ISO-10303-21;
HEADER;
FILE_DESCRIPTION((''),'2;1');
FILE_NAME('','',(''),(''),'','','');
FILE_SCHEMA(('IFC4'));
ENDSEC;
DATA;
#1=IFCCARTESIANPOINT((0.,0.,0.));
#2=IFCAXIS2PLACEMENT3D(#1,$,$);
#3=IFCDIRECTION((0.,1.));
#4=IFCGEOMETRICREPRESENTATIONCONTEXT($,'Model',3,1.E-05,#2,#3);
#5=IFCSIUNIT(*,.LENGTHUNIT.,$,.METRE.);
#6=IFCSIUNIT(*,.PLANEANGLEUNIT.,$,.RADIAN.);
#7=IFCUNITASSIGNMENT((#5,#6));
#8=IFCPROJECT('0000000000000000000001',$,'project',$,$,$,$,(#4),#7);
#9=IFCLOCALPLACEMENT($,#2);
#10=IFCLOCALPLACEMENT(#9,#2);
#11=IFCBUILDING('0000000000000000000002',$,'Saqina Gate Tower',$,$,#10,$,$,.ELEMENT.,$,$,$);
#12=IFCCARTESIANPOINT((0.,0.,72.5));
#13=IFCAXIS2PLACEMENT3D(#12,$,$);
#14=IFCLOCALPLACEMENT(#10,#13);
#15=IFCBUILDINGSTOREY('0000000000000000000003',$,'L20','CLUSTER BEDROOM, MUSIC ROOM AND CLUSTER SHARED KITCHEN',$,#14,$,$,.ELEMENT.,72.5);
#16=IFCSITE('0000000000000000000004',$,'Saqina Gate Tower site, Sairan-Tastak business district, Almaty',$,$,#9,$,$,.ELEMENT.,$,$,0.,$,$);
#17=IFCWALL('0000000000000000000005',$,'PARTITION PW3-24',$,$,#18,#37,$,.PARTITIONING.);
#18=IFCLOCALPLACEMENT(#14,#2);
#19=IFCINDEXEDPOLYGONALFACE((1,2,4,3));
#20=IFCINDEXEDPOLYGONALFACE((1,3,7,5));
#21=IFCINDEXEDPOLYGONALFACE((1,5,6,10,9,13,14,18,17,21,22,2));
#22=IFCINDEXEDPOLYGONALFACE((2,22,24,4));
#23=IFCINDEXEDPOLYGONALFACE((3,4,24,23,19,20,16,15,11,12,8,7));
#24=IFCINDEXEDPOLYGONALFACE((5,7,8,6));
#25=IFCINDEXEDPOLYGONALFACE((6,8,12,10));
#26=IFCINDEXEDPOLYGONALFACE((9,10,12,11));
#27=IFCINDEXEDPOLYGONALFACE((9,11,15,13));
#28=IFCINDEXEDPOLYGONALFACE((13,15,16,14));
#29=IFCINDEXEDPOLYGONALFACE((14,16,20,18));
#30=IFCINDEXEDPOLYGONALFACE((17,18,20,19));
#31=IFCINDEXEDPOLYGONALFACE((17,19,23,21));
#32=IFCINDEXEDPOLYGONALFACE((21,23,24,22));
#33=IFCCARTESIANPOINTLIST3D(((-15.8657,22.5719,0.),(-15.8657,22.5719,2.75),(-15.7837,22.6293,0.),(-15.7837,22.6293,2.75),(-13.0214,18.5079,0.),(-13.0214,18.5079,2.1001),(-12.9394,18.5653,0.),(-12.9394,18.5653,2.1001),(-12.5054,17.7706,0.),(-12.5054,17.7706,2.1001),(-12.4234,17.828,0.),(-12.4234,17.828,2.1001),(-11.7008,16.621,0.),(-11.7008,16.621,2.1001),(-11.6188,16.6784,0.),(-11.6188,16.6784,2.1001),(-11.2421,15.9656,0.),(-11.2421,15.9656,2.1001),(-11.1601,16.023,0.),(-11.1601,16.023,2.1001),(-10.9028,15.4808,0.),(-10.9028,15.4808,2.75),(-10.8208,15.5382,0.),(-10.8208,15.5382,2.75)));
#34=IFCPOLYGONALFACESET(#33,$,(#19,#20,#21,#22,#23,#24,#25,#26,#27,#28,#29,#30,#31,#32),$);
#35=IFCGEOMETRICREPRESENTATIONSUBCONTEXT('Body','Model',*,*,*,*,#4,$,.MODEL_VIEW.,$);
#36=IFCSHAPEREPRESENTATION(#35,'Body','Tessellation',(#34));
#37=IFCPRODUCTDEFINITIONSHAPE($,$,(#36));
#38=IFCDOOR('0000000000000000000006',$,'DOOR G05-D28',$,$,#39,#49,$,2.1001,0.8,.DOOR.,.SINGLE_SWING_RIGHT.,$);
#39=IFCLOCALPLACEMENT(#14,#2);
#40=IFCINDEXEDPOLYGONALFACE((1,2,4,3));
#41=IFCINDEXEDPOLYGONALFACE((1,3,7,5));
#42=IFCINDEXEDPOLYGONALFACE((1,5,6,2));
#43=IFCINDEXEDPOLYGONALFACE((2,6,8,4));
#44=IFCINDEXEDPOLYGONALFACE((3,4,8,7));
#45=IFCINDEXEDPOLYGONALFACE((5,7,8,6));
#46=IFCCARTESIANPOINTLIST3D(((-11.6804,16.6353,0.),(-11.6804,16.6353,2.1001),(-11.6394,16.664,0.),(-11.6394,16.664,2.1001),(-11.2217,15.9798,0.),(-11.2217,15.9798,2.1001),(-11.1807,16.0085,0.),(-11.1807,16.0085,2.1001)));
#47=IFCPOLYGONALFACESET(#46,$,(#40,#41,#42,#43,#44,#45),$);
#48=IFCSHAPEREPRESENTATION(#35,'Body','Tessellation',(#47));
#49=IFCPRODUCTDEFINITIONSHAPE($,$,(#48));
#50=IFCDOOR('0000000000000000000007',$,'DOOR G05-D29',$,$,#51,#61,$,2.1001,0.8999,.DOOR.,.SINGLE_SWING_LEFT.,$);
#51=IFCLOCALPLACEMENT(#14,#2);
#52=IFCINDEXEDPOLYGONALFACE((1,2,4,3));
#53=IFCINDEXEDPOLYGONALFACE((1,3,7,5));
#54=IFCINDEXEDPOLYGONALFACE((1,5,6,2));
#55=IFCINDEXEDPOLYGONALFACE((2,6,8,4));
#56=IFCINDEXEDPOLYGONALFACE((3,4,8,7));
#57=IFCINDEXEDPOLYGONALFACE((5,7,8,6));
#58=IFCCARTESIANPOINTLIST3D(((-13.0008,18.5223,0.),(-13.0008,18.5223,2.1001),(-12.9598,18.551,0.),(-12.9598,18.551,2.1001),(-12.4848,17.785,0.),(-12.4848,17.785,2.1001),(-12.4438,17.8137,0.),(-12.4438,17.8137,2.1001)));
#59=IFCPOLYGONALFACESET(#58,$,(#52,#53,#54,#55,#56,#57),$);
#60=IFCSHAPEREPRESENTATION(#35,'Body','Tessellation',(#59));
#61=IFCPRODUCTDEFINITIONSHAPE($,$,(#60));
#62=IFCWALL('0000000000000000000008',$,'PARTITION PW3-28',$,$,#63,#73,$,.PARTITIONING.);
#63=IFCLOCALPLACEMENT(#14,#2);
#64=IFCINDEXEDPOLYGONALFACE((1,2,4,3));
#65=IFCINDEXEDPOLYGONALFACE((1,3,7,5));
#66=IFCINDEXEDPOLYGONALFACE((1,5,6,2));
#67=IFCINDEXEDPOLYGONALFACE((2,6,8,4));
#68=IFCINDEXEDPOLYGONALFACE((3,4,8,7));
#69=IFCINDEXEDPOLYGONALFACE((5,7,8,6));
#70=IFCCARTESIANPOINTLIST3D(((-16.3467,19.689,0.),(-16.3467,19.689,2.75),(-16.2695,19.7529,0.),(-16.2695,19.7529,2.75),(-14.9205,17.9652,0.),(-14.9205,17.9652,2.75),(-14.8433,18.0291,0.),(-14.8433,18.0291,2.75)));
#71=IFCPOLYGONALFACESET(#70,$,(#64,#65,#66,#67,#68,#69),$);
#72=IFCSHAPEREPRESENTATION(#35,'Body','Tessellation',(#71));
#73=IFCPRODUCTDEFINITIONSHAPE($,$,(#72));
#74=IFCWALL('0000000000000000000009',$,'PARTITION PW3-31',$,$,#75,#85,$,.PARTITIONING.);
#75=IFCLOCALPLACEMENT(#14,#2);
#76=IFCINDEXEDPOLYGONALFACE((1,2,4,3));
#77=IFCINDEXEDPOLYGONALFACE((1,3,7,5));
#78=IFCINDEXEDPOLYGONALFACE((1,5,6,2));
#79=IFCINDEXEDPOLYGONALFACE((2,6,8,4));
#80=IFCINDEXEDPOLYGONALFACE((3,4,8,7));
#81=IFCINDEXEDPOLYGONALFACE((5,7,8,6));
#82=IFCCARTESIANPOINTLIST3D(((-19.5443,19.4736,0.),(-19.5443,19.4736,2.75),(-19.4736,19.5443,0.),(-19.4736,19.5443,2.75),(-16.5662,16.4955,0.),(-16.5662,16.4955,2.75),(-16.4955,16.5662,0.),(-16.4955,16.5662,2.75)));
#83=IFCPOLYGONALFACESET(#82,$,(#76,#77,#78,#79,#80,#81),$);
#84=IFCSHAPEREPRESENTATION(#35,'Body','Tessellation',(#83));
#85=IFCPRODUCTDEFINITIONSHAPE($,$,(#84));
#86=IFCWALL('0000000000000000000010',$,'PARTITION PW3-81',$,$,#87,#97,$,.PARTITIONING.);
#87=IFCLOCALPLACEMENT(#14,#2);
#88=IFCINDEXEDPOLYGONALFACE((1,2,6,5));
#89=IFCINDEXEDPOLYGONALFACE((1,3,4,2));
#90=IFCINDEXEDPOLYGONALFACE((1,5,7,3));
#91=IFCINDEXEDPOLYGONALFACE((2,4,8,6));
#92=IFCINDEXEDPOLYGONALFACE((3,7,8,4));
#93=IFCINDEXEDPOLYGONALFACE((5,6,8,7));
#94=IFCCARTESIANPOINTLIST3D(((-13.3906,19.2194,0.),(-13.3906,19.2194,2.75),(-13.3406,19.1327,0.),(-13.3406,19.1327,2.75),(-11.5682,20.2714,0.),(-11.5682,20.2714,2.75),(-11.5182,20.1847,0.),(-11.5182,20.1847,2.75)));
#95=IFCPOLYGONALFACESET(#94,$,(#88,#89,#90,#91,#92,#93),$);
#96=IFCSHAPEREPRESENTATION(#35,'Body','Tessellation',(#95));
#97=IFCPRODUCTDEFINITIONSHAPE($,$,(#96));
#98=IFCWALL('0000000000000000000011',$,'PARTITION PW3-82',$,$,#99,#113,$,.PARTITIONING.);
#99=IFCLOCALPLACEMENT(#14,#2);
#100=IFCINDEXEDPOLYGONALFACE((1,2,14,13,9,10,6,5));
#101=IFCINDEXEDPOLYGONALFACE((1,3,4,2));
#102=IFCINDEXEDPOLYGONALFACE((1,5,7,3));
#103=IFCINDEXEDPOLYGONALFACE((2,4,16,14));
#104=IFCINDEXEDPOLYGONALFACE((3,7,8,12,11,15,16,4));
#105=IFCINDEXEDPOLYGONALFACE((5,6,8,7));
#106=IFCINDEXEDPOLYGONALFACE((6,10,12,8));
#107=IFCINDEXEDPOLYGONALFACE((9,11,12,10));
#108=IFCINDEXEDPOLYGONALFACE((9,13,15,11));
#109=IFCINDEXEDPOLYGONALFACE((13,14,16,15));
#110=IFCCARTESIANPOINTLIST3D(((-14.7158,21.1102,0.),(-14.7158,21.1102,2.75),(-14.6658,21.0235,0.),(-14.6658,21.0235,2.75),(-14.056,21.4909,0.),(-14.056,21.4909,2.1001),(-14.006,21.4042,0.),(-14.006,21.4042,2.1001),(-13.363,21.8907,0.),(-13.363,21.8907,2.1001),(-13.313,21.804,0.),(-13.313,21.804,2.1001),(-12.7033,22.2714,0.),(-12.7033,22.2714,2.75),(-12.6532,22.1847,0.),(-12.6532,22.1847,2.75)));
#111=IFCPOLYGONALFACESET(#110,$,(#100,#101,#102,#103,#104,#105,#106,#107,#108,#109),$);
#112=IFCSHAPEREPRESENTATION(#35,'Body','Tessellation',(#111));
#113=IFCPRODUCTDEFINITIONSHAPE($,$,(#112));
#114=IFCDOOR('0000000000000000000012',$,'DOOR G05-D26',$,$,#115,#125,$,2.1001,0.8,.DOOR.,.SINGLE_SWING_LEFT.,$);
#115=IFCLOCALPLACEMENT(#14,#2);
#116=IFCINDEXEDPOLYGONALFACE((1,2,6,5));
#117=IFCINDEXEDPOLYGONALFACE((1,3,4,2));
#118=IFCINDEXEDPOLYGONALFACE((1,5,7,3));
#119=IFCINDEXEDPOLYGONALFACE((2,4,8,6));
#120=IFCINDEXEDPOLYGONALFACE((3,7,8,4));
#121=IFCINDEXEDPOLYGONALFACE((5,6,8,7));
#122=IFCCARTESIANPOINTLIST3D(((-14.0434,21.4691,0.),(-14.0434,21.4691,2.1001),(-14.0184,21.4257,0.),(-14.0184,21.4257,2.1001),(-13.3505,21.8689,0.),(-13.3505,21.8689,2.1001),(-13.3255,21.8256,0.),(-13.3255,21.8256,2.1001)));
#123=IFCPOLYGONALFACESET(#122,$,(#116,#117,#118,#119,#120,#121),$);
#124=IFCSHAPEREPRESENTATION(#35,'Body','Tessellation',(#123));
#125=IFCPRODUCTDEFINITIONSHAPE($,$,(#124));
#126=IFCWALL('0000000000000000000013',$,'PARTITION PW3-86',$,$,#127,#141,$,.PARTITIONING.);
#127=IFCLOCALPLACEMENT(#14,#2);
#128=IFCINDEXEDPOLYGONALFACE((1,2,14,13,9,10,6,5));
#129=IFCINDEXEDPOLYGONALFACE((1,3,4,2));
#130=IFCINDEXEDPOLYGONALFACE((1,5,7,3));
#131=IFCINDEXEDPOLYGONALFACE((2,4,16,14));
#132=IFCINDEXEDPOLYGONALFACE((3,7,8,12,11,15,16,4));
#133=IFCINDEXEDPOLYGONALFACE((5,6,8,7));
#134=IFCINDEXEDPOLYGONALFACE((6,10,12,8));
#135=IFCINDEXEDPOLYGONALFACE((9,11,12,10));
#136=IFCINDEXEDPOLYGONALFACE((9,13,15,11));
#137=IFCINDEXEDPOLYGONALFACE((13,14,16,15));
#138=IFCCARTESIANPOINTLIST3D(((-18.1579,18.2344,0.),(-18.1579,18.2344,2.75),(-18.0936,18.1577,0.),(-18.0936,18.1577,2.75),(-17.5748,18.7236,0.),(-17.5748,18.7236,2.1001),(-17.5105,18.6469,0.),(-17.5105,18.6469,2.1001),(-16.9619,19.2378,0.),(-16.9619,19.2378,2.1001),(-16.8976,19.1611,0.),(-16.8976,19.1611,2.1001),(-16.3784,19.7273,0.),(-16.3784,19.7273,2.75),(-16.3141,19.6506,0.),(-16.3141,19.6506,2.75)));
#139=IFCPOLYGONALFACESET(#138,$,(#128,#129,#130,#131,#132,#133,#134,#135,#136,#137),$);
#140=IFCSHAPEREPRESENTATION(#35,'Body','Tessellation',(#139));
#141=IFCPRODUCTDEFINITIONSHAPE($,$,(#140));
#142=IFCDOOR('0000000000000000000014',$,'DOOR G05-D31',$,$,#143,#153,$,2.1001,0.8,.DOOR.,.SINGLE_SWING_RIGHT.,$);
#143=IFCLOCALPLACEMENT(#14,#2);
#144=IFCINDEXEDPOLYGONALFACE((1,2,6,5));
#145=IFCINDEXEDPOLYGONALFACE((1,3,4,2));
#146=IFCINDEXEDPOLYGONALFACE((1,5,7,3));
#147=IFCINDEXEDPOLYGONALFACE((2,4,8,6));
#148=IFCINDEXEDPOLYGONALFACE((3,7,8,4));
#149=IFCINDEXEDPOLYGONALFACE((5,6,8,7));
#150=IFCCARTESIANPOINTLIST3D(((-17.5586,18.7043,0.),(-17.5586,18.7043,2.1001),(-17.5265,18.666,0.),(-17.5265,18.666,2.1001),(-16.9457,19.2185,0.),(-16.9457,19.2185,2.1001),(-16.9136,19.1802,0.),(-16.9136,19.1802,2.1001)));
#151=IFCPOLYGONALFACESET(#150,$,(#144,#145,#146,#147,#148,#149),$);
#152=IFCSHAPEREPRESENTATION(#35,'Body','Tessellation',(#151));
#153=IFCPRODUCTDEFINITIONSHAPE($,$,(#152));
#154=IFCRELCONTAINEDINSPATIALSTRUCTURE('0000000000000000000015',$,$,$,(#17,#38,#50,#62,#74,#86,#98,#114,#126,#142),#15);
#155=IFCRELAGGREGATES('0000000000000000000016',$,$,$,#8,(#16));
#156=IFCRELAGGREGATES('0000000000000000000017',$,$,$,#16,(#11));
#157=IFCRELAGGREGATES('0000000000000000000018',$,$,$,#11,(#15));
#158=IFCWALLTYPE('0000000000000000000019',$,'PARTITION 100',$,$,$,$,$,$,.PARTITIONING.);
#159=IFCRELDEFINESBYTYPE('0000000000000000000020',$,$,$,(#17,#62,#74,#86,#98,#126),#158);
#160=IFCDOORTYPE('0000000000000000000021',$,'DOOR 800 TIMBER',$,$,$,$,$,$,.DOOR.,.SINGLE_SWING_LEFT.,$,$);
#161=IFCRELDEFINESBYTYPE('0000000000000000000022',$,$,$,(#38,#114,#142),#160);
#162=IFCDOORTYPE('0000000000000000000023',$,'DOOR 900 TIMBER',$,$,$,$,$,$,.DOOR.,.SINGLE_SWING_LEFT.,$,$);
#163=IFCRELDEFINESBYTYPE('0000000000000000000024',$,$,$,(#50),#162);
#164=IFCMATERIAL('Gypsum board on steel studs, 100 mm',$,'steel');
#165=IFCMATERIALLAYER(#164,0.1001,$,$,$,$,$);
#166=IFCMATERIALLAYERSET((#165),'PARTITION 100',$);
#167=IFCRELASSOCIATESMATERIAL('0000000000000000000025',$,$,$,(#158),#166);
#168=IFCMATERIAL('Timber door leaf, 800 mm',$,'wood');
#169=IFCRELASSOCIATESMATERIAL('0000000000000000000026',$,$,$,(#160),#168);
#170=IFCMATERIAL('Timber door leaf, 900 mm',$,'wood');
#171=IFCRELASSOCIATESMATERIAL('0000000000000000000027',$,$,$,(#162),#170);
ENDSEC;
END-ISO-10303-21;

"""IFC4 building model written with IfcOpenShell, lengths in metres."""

from ifc_helpers import new_model, si_unit, direction, frame, frame_2d, origin, place, context, subcontext, project, spatial, rectangle, extrude, material, layer, layer_set, type_object, element, fill, save


model = new_model("IFC4")

# Units and contexts
model_context = context("Model", 3, precision=1e-05, world=origin(), true_north=direction((0.0, 1.0)))
body_context = subcontext(model_context, "Body", "Model", "MODEL_VIEW")
ifc_project = project(units=[si_unit("LENGTHUNIT", "METRE"), si_unit("PLANEANGLEUNIT", "RADIAN")], contexts=[model_context])

# Site, building, storey
site_placement = place(None, origin())
site = spatial("IfcSite", under=ifc_project, at=site_placement, Name="Saqina Gate Tower site, Sairan-Tastak business district, Almaty", CompositionType="ELEMENT", RefElevation=0.0)
building_placement = place(site_placement, origin())
building = spatial("IfcBuilding", under=site, at=building_placement, Name="Saqina Gate Tower", CompositionType="ELEMENT")
storey_placement = place(building_placement, frame((0.0, 0.0, 72.5)))
storey = spatial("IfcBuildingStorey", under=building, at=storey_placement, Name="L20", Description="CLUSTER BEDROOM, MUSIC ROOM AND CLUSTER SHARED KITCHEN", CompositionType="ELEMENT", Elevation=72.5)

# Shared definitions
ifc_material_1 = material(Name="Gypsum board on steel studs, 100 mm", Category="steel")
ifc_layer_1 = layer(ifc_material_1, 0.1001)
ifc_layer_set_1 = layer_set([ifc_layer_1], Name="PARTITION 100")
wall_type_1 = type_object("IfcWallType", Name="PARTITION 100", PredefinedType="PARTITIONING", material=ifc_layer_set_1)

# Wall, openings, doors
wall_1_placement = place(storey_placement, frame((-15.8247, 22.6006, 0.0), z_axis=(0.0, 0.0, 1.0), x_axis=(0.573396, -0.819278, 0.0)))
wall_1 = element("IfcWall", 1, at=wall_1_placement, inside=storey, type_object=wall_type_1, Name="PARTITION PW3-24", PredefinedType="PARTITIONING", context=body_context, shape_type="SweptSolid", body=[
    extrude(rectangle(XDim=8.6553, YDim=0.1001, at=frame_2d((4.3276, 0.0))), origin(), (0.0, 0.0, 1.0), 2.75),
])
opening_1_placement = place(wall_1_placement, frame((7.2637, 0.0, 0.0)))
opening_1 = element("IfcOpeningElement", 2, at=opening_1_placement, cuts=wall_1, PredefinedType="OPENING", context=body_context, shape_type="SweptSolid", body=[
    extrude(rectangle(XDim=0.8, YDim=2.1001, at=frame_2d((0.3999, 1.05))), frame((0.0, 0.062, 0.0), z_axis=(0.0, -1.0, 0.0), x_axis=(1.0, 0.0, 0.0)), (0.0, 0.0, 1.0), 0.124),
])
opening_2_placement = place(wall_1_placement, frame((4.9604, 0.0, 0.0)))
opening_2 = element("IfcOpeningElement", 3, at=opening_2_placement, cuts=wall_1, PredefinedType="OPENING", context=body_context, shape_type="SweptSolid", body=[
    extrude(rectangle(XDim=0.8999, YDim=2.1001, at=frame_2d((0.45, 1.05))), frame((0.0, 0.062, 0.0), z_axis=(0.0, -1.0, 0.0), x_axis=(1.0, 0.0, 0.0)), (0.0, 0.0, 1.0), 0.124),
])
ifc_material_2 = material(Name="Timber door leaf, 800 mm", Category="wood")
door_type_1 = type_object("IfcDoorType", Name="DOOR 800 TIMBER", OperationType="SINGLE_SWING_LEFT", PredefinedType="DOOR", material=ifc_material_2)
door_1_placement = place(opening_1_placement, origin())
door_1 = element("IfcDoor", 4, at=door_1_placement, inside=storey, type_object=door_type_1, Name="DOOR G05-D28", OperationType="SINGLE_SWING_RIGHT", OverallHeight=2.1001, OverallWidth=0.8, PredefinedType="DOOR", context=body_context, shape_type="SweptSolid", body=[
    extrude(rectangle(XDim=0.8, YDim=2.1001, at=frame_2d((0.3999, 1.05))), frame((0.0, 0.0249, 0.0), z_axis=(0.0, -1.0, 0.0), x_axis=(1.0, 0.0, 0.0)), (0.0, 0.0, 1.0), 0.05),
])
fill(opening_1, door_1)
ifc_material_3 = material(Name="Timber door leaf, 900 mm", Category="wood")
door_type_2 = type_object("IfcDoorType", Name="DOOR 900 TIMBER", OperationType="SINGLE_SWING_LEFT", PredefinedType="DOOR", material=ifc_material_3)
door_2_placement = place(opening_2_placement, frame((0.8999, 0.0, 0.0), z_axis=(0.0, 0.0, 1.0), x_axis=(-1.0, 0.0, 0.0)))
door_2 = element("IfcDoor", 5, at=door_2_placement, inside=storey, type_object=door_type_2, Name="DOOR G05-D29", OperationType="SINGLE_SWING_LEFT", OverallHeight=2.1001, OverallWidth=0.8999, PredefinedType="DOOR", context=body_context, shape_type="SweptSolid", body=[
    extrude(rectangle(XDim=0.8999, YDim=2.1001, at=frame_2d((0.45, 1.05))), frame((0.0, 0.0249, 0.0), z_axis=(0.0, -1.0, 0.0), x_axis=(1.0, 0.0, 0.0)), (0.0, 0.0, 1.0), 0.05),
])
fill(opening_2, door_2)

# Walls
wall_2_placement = place(storey_placement, frame((-16.3081, 19.7209, 0.0), z_axis=(0.0, 0.0, 1.0), x_axis=(0.637465, -0.770479, 0.0)))
element("IfcWall", 6, at=wall_2_placement, inside=storey, type_object=wall_type_1, Name="PARTITION PW3-28", PredefinedType="PARTITIONING", context=body_context, shape_type="SweptSolid", body=[
    extrude(rectangle(XDim=2.2373, YDim=0.1001, at=frame_2d((1.1187, 0.0))), origin(), (0.0, 0.0, 1.0), 2.75),
])
wall_3_placement = place(storey_placement, frame((-19.509, 19.509, 0.0), z_axis=(0.0, 0.0, 1.0), x_axis=(0.707107, -0.707107, 0.0)))
element("IfcWall", 7, at=wall_3_placement, inside=storey, type_object=wall_type_1, Name="PARTITION PW3-31", PredefinedType="PARTITIONING", context=body_context, shape_type="SweptSolid", body=[
    extrude(rectangle(XDim=4.2117, YDim=0.1001, at=frame_2d((2.106, 0.0))), origin(), (0.0, 0.0, 1.0), 2.75),
])
wall_4_placement = place(storey_placement, frame((-13.3657, 19.176, 0.0), z_axis=(0.0, 0.0, 1.0), x_axis=(0.866072, 0.49992, 0.0)))
element("IfcWall", 8, at=wall_4_placement, inside=storey, type_object=wall_type_1, Name="PARTITION PW3-81", PredefinedType="PARTITIONING", context=body_context, shape_type="SweptSolid", body=[
    extrude(rectangle(XDim=2.1042, YDim=0.1001, at=frame_2d((1.0522, 0.0))), origin(), (0.0, 0.0, 1.0), 2.75),
])

# Walls, openings, doors
wall_5_placement = place(storey_placement, frame((-14.6907, 21.0669, 0.0), z_axis=(0.0, 0.0, 1.0), x_axis=(0.866166, 0.499756, 0.0)))
wall_5 = element("IfcWall", 9, at=wall_5_placement, inside=storey, type_object=wall_type_1, Name="PARTITION PW3-82", PredefinedType="PARTITIONING", context=body_context, shape_type="SweptSolid", body=[
    extrude(rectangle(XDim=2.3235, YDim=0.1001, at=frame_2d((1.1616, 0.0))), origin(), (0.0, 0.0, 1.0), 2.75),
])
opening_3_placement = place(wall_5_placement, frame((0.7617, 0.0, 0.0)))
opening_3 = element("IfcOpeningElement", 10, at=opening_3_placement, cuts=wall_5, PredefinedType="OPENING", context=body_context, shape_type="SweptSolid", body=[
    extrude(rectangle(XDim=0.8, YDim=2.1001, at=frame_2d((0.3999, 1.05))), frame((0.0, 0.062, 0.0), z_axis=(0.0, -1.0, 0.0), x_axis=(1.0, 0.0, 0.0)), (0.0, 0.0, 1.0), 0.124),
])
door_3_placement = place(opening_3_placement, origin())
door_3 = element("IfcDoor", 11, at=door_3_placement, inside=storey, type_object=door_type_1, Name="DOOR G05-D26", OperationType="SINGLE_SWING_LEFT", OverallHeight=2.1001, OverallWidth=0.8, PredefinedType="DOOR", context=body_context, shape_type="SweptSolid", body=[
    extrude(rectangle(XDim=0.8, YDim=2.1001, at=frame_2d((0.3999, 1.05))), frame((0.0, 0.0249, 0.0), z_axis=(0.0, -1.0, 0.0), x_axis=(1.0, 0.0, 0.0)), (0.0, 0.0, 1.0), 0.05),
])
fill(opening_3, door_3)
wall_6_placement = place(storey_placement, frame((-18.1257, 18.196, 0.0), z_axis=(0.0, 0.0, 1.0), x_axis=(0.766106, 0.642714, 0.0)))
wall_6 = element("IfcWall", 12, at=wall_6_placement, inside=storey, type_object=wall_type_1, Name="PARTITION PW3-86", PredefinedType="PARTITIONING", context=body_context, shape_type="SweptSolid", body=[
    extrude(rectangle(XDim=2.3228, YDim=0.1001, at=frame_2d((1.1614, 0.0))), origin(), (0.0, 0.0, 1.0), 2.75),
])
opening_4_placement = place(wall_6_placement, frame((0.7612, 0.0, 0.0)))
opening_4 = element("IfcOpeningElement", 13, at=opening_4_placement, cuts=wall_6, PredefinedType="OPENING", context=body_context, shape_type="SweptSolid", body=[
    extrude(rectangle(XDim=0.8, YDim=2.1001, at=frame_2d((0.3999, 1.05))), frame((0.0, 0.062, 0.0), z_axis=(0.0, -1.0, 0.0), x_axis=(1.0, 0.0, 0.0)), (0.0, 0.0, 1.0), 0.124),
])
door_4_placement = place(opening_4_placement, origin())
door_4 = element("IfcDoor", 14, at=door_4_placement, inside=storey, type_object=door_type_1, Name="DOOR G05-D31", OperationType="SINGLE_SWING_RIGHT", OverallHeight=2.1001, OverallWidth=0.8, PredefinedType="DOOR", context=body_context, shape_type="SweptSolid", body=[
    extrude(rectangle(XDim=0.8, YDim=2.1001, at=frame_2d((0.3999, 1.05))), frame((0.0, 0.0249, 0.0), z_axis=(0.0, -1.0, 0.0), x_axis=(1.0, 0.0, 0.0)), (0.0, 0.0, 1.0), 0.05),
])
fill(opening_4, door_4)

save(model, "model.ifc")
